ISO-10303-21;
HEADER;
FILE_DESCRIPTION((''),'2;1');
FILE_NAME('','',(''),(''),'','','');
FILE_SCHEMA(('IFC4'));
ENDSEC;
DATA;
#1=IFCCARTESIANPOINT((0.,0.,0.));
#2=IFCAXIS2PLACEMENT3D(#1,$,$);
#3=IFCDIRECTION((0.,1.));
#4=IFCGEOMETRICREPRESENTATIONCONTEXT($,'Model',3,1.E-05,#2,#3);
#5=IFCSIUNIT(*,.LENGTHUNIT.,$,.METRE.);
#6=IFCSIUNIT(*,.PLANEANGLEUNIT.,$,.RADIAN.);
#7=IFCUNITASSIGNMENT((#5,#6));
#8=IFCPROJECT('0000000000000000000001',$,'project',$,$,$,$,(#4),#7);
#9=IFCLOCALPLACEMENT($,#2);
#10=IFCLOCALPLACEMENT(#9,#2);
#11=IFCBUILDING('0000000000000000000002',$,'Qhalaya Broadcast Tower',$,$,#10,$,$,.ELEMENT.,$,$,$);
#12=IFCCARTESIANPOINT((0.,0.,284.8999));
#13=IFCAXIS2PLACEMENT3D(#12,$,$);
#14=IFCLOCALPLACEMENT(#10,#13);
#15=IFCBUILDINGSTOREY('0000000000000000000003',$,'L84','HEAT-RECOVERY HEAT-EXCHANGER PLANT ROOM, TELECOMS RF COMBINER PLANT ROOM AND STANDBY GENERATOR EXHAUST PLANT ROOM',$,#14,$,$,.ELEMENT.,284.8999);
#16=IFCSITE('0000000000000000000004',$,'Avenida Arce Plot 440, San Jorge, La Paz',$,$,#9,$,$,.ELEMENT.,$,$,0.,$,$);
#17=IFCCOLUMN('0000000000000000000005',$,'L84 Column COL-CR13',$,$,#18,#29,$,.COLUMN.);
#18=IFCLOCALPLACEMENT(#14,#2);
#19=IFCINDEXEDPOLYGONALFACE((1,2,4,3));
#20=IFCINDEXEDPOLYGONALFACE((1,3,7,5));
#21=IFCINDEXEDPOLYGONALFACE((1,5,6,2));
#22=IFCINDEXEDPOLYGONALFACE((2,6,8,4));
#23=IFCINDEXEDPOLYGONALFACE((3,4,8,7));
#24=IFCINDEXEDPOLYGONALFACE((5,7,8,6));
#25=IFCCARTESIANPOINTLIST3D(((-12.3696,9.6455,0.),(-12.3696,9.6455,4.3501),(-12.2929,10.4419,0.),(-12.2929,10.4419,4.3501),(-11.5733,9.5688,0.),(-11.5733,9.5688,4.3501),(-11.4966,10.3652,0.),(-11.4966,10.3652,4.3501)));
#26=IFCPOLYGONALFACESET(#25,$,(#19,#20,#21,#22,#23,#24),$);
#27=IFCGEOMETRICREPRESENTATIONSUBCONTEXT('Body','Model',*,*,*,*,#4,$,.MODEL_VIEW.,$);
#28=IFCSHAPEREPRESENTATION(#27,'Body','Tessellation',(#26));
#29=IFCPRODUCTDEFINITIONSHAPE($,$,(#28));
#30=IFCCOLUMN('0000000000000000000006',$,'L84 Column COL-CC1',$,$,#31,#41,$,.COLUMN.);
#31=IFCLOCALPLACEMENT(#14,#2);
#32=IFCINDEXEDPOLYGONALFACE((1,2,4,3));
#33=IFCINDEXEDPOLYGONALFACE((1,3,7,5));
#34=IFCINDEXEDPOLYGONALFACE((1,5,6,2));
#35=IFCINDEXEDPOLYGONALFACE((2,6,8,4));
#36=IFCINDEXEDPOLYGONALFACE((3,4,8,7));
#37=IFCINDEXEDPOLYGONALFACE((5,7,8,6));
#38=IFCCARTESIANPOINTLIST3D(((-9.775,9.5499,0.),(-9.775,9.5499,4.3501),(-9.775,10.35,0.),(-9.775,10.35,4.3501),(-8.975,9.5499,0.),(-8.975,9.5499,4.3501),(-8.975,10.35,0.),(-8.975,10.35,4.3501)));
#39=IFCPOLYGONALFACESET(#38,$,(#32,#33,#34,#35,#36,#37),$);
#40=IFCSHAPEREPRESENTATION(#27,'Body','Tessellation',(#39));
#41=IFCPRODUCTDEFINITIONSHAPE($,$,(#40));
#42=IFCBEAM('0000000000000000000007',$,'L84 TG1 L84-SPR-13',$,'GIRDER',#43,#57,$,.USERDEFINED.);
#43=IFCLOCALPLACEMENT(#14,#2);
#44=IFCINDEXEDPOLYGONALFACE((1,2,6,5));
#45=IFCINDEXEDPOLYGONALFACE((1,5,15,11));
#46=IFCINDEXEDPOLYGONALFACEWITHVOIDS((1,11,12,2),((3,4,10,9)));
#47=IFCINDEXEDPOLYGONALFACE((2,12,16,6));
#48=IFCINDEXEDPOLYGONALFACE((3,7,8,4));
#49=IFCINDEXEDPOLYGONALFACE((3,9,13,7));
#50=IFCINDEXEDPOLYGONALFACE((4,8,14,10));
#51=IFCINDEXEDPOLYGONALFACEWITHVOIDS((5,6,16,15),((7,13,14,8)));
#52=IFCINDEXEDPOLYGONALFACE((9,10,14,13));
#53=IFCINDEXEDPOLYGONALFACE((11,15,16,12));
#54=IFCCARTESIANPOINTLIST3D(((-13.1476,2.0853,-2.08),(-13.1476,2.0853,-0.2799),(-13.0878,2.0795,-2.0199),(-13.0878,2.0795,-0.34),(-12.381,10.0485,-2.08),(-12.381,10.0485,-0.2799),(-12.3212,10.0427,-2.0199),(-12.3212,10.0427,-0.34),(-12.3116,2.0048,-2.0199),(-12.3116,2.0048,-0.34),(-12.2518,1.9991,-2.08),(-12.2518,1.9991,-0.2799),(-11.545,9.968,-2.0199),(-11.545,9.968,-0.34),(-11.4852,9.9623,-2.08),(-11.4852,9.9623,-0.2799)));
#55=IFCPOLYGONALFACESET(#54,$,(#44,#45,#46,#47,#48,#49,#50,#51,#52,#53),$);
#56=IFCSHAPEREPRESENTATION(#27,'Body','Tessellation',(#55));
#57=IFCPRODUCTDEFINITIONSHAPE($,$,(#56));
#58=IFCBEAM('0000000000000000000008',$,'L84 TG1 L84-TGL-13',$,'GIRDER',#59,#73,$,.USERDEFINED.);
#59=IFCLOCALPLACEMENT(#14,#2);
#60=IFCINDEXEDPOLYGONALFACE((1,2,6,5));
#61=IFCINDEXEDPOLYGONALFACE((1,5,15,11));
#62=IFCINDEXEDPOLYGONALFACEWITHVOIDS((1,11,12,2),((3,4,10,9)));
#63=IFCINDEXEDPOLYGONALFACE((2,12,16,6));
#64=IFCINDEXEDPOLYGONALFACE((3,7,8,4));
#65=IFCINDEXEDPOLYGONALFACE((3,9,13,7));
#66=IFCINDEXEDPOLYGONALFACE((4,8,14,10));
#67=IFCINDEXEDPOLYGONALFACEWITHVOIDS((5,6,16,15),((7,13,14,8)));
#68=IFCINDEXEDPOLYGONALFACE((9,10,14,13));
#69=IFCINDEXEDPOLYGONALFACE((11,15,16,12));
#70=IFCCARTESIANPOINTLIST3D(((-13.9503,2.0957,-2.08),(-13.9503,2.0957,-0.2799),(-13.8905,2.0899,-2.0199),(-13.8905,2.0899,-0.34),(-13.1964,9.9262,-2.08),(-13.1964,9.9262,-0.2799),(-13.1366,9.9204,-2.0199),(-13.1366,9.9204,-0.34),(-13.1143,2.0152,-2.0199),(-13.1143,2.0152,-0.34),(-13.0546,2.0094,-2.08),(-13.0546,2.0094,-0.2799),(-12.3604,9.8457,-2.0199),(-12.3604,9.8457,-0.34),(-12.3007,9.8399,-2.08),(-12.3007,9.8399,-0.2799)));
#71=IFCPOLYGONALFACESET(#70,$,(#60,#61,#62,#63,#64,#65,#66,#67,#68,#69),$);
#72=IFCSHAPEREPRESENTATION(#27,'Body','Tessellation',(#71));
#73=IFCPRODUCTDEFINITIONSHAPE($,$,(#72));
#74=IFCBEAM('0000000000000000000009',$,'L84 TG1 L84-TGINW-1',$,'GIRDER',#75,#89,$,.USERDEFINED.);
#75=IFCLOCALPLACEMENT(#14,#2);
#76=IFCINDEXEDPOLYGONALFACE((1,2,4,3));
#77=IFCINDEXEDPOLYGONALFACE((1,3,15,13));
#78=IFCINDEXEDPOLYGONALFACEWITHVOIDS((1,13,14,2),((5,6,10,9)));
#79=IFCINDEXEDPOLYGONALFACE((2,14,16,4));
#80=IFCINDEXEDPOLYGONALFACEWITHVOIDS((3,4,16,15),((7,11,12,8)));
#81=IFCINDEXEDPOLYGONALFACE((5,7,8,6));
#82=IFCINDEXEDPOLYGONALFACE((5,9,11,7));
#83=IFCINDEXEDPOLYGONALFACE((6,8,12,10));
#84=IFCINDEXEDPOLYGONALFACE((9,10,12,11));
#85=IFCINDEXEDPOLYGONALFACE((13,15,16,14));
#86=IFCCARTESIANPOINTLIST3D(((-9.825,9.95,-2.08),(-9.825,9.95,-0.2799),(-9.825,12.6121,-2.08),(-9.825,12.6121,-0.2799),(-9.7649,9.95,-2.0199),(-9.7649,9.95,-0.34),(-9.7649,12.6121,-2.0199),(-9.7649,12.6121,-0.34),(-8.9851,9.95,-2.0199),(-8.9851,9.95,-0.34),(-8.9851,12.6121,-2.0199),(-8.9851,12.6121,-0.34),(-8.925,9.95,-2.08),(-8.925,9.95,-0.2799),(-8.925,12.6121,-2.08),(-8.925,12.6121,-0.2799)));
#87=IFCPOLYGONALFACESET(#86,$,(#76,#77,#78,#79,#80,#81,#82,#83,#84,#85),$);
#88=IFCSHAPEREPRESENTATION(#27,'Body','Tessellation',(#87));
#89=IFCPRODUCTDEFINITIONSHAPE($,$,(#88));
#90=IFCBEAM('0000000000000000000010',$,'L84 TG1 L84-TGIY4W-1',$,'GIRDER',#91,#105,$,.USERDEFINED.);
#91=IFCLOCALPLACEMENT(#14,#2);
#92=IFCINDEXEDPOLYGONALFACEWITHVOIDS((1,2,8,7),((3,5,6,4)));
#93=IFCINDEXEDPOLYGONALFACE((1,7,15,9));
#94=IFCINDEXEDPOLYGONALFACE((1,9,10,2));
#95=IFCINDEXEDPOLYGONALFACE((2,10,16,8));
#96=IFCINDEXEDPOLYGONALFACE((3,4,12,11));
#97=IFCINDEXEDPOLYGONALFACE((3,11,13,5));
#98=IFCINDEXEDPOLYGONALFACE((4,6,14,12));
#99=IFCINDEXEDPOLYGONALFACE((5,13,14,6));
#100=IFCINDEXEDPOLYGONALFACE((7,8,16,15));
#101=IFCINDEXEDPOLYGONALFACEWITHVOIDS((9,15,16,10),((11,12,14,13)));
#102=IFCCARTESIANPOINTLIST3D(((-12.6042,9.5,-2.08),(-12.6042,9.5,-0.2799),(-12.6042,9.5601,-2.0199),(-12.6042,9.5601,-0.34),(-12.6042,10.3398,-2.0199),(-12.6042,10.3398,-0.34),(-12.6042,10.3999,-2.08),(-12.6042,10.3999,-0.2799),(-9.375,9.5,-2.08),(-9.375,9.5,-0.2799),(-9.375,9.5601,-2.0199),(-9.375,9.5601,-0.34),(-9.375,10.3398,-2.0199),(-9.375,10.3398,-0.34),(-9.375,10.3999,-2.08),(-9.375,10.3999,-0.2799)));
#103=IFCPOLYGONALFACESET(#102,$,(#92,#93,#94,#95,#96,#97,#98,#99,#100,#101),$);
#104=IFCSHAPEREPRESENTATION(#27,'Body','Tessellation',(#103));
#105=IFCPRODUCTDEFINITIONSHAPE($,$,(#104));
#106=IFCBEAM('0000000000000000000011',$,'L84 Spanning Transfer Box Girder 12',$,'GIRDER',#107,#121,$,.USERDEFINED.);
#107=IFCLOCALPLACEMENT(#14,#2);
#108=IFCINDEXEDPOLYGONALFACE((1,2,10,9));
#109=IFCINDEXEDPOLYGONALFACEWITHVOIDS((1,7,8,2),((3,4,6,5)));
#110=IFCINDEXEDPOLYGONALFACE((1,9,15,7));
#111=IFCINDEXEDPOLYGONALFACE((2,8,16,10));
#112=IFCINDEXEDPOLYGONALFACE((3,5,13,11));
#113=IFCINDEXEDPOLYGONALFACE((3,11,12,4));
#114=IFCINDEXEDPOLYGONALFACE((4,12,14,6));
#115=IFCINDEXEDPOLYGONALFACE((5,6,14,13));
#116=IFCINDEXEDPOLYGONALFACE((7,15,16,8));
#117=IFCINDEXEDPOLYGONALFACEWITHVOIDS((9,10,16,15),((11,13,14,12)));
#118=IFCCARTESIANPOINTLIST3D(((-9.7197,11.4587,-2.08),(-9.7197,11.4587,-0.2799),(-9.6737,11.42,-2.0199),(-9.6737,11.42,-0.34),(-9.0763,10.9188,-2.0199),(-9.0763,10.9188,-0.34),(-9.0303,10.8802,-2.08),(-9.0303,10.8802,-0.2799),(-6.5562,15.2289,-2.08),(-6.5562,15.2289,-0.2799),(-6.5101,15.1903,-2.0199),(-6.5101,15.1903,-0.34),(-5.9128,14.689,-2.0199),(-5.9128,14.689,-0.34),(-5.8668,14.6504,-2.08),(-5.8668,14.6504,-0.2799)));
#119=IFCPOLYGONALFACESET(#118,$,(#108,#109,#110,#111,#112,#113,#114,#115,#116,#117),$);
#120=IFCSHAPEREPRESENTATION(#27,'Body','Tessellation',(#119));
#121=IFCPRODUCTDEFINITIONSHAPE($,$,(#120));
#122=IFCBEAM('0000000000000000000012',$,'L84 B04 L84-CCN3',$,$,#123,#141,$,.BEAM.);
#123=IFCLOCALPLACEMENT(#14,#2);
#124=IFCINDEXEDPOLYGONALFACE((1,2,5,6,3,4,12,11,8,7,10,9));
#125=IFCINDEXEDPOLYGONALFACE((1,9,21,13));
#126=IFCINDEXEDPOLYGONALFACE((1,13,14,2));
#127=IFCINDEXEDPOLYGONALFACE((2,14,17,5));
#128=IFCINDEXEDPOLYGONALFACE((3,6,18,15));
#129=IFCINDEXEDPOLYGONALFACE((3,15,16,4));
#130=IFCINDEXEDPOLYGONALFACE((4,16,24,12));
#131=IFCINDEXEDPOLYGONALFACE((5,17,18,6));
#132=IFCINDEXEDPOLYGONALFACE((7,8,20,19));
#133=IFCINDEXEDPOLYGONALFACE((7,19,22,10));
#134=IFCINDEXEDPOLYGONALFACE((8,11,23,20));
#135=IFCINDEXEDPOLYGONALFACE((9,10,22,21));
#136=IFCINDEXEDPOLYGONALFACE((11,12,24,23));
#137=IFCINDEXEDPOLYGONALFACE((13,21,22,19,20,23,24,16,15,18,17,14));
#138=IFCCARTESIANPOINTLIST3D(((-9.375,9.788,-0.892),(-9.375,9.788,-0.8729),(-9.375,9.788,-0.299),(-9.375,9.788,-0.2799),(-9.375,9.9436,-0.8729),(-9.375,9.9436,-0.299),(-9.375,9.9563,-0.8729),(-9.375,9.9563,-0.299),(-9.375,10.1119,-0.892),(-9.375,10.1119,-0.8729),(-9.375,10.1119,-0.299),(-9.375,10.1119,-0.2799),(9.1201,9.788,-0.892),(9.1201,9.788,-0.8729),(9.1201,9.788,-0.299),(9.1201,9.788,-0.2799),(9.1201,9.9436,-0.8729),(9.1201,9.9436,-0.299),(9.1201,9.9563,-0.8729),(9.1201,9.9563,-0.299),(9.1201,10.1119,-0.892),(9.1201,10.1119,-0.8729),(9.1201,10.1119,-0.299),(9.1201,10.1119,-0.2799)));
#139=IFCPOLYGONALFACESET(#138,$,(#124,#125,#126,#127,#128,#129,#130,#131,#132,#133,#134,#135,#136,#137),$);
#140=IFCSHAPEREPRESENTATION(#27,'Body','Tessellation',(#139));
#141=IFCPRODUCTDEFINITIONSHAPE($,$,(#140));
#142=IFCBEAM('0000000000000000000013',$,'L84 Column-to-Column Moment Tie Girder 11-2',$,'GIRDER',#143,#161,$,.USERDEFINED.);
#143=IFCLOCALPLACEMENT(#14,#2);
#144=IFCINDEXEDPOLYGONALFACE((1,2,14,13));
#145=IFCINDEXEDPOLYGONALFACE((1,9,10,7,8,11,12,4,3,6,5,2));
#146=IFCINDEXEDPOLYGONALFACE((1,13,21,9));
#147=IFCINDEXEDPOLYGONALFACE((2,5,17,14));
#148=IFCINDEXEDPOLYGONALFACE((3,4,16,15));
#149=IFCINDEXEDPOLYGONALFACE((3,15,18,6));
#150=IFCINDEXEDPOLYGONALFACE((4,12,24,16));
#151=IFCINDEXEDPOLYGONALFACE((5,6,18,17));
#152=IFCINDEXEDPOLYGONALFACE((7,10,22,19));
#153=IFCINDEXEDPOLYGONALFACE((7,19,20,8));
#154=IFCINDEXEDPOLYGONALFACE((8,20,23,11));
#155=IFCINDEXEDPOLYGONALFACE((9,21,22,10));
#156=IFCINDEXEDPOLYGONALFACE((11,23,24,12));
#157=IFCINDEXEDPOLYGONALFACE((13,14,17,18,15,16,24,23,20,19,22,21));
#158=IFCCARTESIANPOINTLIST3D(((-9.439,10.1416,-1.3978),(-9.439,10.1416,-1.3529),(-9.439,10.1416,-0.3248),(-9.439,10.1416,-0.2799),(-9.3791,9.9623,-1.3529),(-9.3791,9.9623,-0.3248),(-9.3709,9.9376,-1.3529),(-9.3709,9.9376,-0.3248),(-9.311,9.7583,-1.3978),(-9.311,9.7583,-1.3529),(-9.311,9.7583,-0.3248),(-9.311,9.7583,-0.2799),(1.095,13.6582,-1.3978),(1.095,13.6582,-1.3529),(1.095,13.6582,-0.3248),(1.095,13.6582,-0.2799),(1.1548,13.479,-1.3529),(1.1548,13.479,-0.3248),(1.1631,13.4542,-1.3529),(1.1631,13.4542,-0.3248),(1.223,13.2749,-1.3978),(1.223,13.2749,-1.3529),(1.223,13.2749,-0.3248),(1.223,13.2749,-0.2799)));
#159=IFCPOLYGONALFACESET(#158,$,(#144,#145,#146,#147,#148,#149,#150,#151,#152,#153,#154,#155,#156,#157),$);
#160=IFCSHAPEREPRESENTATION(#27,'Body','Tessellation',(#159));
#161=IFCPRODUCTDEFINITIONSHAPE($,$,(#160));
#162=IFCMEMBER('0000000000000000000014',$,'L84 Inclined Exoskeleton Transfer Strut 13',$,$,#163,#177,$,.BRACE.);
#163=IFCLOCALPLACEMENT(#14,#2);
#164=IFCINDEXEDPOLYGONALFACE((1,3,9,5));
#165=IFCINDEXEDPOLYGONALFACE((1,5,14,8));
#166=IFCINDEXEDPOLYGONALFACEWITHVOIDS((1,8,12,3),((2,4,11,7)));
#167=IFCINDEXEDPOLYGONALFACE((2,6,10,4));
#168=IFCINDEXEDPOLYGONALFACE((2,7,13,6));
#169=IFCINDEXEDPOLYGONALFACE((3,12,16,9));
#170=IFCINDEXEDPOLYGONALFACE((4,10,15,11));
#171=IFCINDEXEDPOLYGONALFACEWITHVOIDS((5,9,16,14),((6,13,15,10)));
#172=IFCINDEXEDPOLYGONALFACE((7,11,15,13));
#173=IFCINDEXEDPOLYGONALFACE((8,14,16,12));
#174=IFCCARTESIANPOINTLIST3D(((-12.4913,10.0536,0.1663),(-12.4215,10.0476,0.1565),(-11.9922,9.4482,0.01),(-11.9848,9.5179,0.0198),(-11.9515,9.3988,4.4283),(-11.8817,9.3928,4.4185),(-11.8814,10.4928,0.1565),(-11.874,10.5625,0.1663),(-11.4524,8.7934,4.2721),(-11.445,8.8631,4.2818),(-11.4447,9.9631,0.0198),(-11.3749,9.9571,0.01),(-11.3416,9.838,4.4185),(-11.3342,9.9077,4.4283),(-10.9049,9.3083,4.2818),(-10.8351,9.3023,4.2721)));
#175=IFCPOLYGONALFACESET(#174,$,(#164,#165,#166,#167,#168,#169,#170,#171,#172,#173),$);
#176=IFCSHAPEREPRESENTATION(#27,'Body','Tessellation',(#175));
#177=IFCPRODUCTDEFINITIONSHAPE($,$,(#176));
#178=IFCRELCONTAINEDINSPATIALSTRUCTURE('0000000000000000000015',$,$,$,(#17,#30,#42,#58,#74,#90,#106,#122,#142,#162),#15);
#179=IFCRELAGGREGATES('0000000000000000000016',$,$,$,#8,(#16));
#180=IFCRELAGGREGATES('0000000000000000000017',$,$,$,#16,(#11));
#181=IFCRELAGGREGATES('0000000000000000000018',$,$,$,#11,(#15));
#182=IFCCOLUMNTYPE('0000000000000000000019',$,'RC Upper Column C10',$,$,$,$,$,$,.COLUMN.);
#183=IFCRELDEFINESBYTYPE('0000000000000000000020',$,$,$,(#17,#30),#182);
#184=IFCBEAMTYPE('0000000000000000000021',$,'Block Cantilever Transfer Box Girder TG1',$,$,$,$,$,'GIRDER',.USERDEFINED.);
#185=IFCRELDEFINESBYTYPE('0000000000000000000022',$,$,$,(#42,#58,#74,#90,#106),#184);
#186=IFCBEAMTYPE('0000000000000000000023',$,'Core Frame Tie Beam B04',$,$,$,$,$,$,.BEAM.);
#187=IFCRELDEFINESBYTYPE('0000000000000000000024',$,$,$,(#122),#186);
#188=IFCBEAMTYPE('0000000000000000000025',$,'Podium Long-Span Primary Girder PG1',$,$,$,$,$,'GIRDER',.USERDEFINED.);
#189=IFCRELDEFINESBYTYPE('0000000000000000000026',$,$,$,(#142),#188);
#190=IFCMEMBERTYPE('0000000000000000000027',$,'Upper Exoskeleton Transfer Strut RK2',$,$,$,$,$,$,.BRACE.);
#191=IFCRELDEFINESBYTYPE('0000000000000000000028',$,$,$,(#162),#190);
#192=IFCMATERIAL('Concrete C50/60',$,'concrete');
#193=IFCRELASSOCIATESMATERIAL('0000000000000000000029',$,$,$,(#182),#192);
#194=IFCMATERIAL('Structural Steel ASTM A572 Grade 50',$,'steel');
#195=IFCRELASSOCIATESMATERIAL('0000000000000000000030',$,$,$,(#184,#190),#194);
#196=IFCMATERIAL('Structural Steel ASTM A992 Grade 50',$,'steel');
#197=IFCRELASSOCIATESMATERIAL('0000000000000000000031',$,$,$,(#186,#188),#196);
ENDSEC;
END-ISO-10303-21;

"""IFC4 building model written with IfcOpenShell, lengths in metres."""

from ifc_helpers import new_model, si_unit, direction, frame, origin, origin_2d, place, context, subcontext, project, spatial, rectangle, hollow_rectangle, i_section, extrude, material, material_profile, profile_set, type_object, element, save


model = new_model("IFC4")

# Units and contexts
model_context = context("Model", 3, precision=1e-05, world=origin(), true_north=direction((0.0, 1.0)))
body_context = subcontext(model_context, "Body", "Model", "MODEL_VIEW")
ifc_project = project(units=[si_unit("LENGTHUNIT", "METRE"), si_unit("PLANEANGLEUNIT", "RADIAN")], contexts=[model_context])

# Site, building, storey
site_placement = place(None, origin())
site = spatial("IfcSite", under=ifc_project, at=site_placement, Name="Avenida Arce Plot 440, San Jorge, La Paz", CompositionType="ELEMENT", RefElevation=0.0)
building_placement = place(site_placement, origin())
building = spatial("IfcBuilding", under=site, at=building_placement, Name="Qhalaya Broadcast Tower", CompositionType="ELEMENT")
storey_placement = place(building_placement, frame((0.0, 0.0, 284.8999)))
storey = spatial("IfcBuildingStorey", under=building, at=storey_placement, Name="L84", Description="HEAT-RECOVERY HEAT-EXCHANGER PLANT ROOM, TELECOMS RF COMBINER PLANT ROOM AND STANDBY GENERATOR EXHAUST PLANT ROOM", CompositionType="ELEMENT", Elevation=284.8999)

# Columns
ifc_material_1 = material(Name="Concrete C50/60", Category="concrete")
ifc_material_profile_1 = material_profile(ifc_material_1, rectangle(XDim=0.8, YDim=0.8, at=origin_2d()), Name="RC-COL 800x800")
ifc_profile_set_1 = profile_set([ifc_material_profile_1], Name="Concrete C50/60")
column_type = type_object("IfcColumnType", Name="RC Upper Column C10", PredefinedType="COLUMN", material=ifc_profile_set_1)
for number, where, z_axis, x_axis, name in (
    (1, (-11.9331, 10.0054, 0.0), (0.0, 0.0, 1.0), (0.095846, 0.995396, 0.0), "L84 Column COL-CR13"),
    (2, (-9.375, 9.95, 0.0), (0.0, 0.0, 1.0), (1.0, 0.0, 0.0), "L84 Column COL-CC1"),
):
    element("IfcColumn", number, at=place(storey_placement, frame(where, z_axis=z_axis, x_axis=x_axis)), inside=storey, type_object=column_type, Name=name, PredefinedType="COLUMN", context=body_context, shape_type="SweptSolid", body=[
        extrude(rectangle(XDim=0.8, YDim=0.8, at=origin_2d()), origin(), (0.0, 0.0, 1.0), 4.3501),
    ])

# Beams
ifc_material_2 = material(Name="Structural Steel ASTM A572 Grade 50", Category="steel")
ifc_material_profile_2 = material_profile(ifc_material_2, hollow_rectangle(XDim=0.8999, YDim=1.8, WallThickness=0.0601, at=origin_2d()), Name="BOX 900x1800x60")
ifc_profile_set_2 = profile_set([ifc_material_profile_2], Name="Structural Steel ASTM A572 Grade 50")
beam_type_1 = type_object("IfcBeamType", Name="Block Cantilever Transfer Box Girder TG1", ElementType="GIRDER", PredefinedType="USERDEFINED", material=ifc_profile_set_2)
beam_1_placement = place(storey_placement, frame((-11.9331, 10.0054, -1.1799), z_axis=(-0.095826, -0.995398, 0.0), x_axis=(0.995398, -0.095826, 0.0)))
element("IfcBeam", 3, at=beam_1_placement, inside=storey, type_object=beam_type_1, Name="L84 TG1 L84-SPR-13", ObjectType="GIRDER", PredefinedType="USERDEFINED", context=body_context, shape_type="SweptSolid", body=[
    extrude(hollow_rectangle(XDim=0.8999, YDim=1.8, WallThickness=0.0601, at=origin_2d()), origin(), (0.0, 0.0, 1.0), 8.0),
])
beam_2_placement = place(storey_placement, frame((-12.7485, 9.8831, -1.1799), z_axis=(-0.095834, -0.995397, 0.0), x_axis=(0.995397, -0.095834, 0.0)))
element("IfcBeam", 4, at=beam_2_placement, inside=storey, type_object=beam_type_1, Name="L84 TG1 L84-TGL-13", ObjectType="GIRDER", PredefinedType="USERDEFINED", context=body_context, shape_type="SweptSolid", body=[
    extrude(hollow_rectangle(XDim=0.8999, YDim=1.8, WallThickness=0.0601, at=origin_2d()), origin(), (0.0, 0.0, 1.0), 7.8667),
])
beam_3_placement = place(storey_placement, frame((-9.375, 9.95, -1.1799), z_axis=(0.0, 1.0, 0.0), x_axis=(-1.0, 0.0, 0.0)))
element("IfcBeam", 5, at=beam_3_placement, inside=storey, type_object=beam_type_1, Name="L84 TG1 L84-TGINW-1", ObjectType="GIRDER", PredefinedType="USERDEFINED", context=body_context, shape_type="SweptSolid", body=[
    extrude(hollow_rectangle(XDim=0.8999, YDim=1.8, WallThickness=0.0601, at=origin_2d()), origin(), (0.0, 0.0, 1.0), 2.6621),
])
beam_4_placement = place(storey_placement, frame((-12.6042, 9.95, -1.1799), z_axis=(1.0, 0.0, 0.0), x_axis=(0.0, 1.0, 0.0)))
element("IfcBeam", 6, at=beam_4_placement, inside=storey, type_object=beam_type_1, Name="L84 TG1 L84-TGIY4W-1", ObjectType="GIRDER", PredefinedType="USERDEFINED", context=body_context, shape_type="SweptSolid", body=[
    extrude(hollow_rectangle(XDim=0.8999, YDim=1.8, WallThickness=0.0601, at=origin_2d()), origin(), (0.0, 0.0, 1.0), 3.2292),
])
beam_5_placement = place(storey_placement, frame((-9.375, 11.1694, -1.1799), z_axis=(0.642781, 0.76605, 0.0), x_axis=(-0.76605, 0.642781, 0.0)))
element("IfcBeam", 7, at=beam_5_placement, inside=storey, type_object=beam_type_1, Name="L84 Spanning Transfer Box Girder 12", ObjectType="GIRDER", PredefinedType="USERDEFINED", context=body_context, shape_type="SweptSolid", body=[
    extrude(hollow_rectangle(XDim=0.8999, YDim=1.8, WallThickness=0.0601, at=origin_2d()), origin(), (0.0, 0.0, 1.0), 4.9216),
])
ifc_material_3 = material(Name="Structural Steel ASTM A992 Grade 50", Category="steel")
ifc_material_profile_3 = material_profile(ifc_material_3, i_section(OverallWidth=0.324, OverallDepth=0.6121, WebThickness=0.0127, FlangeThickness=0.019, at=origin_2d()), Name="W24X104")
ifc_profile_set_3 = profile_set([ifc_material_profile_3], Name="Structural Steel ASTM A992 Grade 50")
beam_type_2 = type_object("IfcBeamType", Name="Core Frame Tie Beam B04", PredefinedType="BEAM", material=ifc_profile_set_3)
beam_6_placement = place(storey_placement, frame((-9.375, 9.95, -0.5859), z_axis=(1.0, 0.0, 0.0), x_axis=(0.0, 1.0, 0.0)))
element("IfcBeam", 8, at=beam_6_placement, inside=storey, type_object=beam_type_2, Name="L84 B04 L84-CCN3", PredefinedType="BEAM", context=body_context, shape_type="SweptSolid", body=[
    extrude(i_section(OverallWidth=0.324, OverallDepth=0.6121, WebThickness=0.0127, FlangeThickness=0.019, at=origin_2d()), origin(), (0.0, 0.0, 1.0), 18.4951),
])
ifc_material_profile_4 = material_profile(ifc_material_3, i_section(OverallWidth=0.4041, OverallDepth=1.1179, WebThickness=0.0261, FlangeThickness=0.0449, at=origin_2d()), Name="W44X335")
ifc_profile_set_4 = profile_set([ifc_material_profile_4], Name="Structural Steel ASTM A992 Grade 50")
beam_type_3 = type_object("IfcBeamType", Name="Podium Long-Span Primary Girder PG1", ElementType="GIRDER", PredefinedType="USERDEFINED", material=ifc_profile_set_4)
beam_7_placement = place(storey_placement, frame((-9.375, 9.95, -0.8389), z_axis=(0.94854, 0.316656, 0.0), x_axis=(-0.316656, 0.94854, 0.0)))
element("IfcBeam", 9, at=beam_7_placement, inside=storey, type_object=beam_type_3, Name="L84 Column-to-Column Moment Tie Girder 11-2", ObjectType="GIRDER", PredefinedType="USERDEFINED", context=body_context, shape_type="SweptSolid", body=[
    extrude(i_section(OverallWidth=0.4041, OverallDepth=1.1179, WebThickness=0.0261, FlangeThickness=0.0449, at=origin_2d()), origin(), (0.0, 0.0, 1.0), 11.1055),
])

# Member
ifc_material_profile_5 = material_profile(ifc_material_2, hollow_rectangle(XDim=0.8, YDim=0.8, WallThickness=0.05, at=origin_2d()), Name="BOX 800x800x50")
ifc_profile_set_5 = profile_set([ifc_material_profile_5], Name="Structural Steel ASTM A572 Grade 50")
member_type = type_object("IfcMemberType", Name="Upper Exoskeleton Transfer Strut RK2", PredefinedType="BRACE", material=ifc_profile_set_5)
member_placement = place(storey_placement, frame((-11.9331, 10.0054, 0.0881), z_axis=(0.124216, -0.150677, 0.980748), x_axis=(0.771606, 0.6361, 0.0)))
element("IfcMember", 10, at=member_placement, inside=storey, type_object=member_type, Name="L84 Inclined Exoskeleton Transfer Strut 13", PredefinedType="BRACE", context=body_context, shape_type="SweptSolid", body=[
    extrude(hollow_rectangle(XDim=0.8, YDim=0.8, WallThickness=0.05, at=origin_2d()), origin(), (0.0, 0.0, 1.0), 4.3457),
])

save(model, "model.ifc")
